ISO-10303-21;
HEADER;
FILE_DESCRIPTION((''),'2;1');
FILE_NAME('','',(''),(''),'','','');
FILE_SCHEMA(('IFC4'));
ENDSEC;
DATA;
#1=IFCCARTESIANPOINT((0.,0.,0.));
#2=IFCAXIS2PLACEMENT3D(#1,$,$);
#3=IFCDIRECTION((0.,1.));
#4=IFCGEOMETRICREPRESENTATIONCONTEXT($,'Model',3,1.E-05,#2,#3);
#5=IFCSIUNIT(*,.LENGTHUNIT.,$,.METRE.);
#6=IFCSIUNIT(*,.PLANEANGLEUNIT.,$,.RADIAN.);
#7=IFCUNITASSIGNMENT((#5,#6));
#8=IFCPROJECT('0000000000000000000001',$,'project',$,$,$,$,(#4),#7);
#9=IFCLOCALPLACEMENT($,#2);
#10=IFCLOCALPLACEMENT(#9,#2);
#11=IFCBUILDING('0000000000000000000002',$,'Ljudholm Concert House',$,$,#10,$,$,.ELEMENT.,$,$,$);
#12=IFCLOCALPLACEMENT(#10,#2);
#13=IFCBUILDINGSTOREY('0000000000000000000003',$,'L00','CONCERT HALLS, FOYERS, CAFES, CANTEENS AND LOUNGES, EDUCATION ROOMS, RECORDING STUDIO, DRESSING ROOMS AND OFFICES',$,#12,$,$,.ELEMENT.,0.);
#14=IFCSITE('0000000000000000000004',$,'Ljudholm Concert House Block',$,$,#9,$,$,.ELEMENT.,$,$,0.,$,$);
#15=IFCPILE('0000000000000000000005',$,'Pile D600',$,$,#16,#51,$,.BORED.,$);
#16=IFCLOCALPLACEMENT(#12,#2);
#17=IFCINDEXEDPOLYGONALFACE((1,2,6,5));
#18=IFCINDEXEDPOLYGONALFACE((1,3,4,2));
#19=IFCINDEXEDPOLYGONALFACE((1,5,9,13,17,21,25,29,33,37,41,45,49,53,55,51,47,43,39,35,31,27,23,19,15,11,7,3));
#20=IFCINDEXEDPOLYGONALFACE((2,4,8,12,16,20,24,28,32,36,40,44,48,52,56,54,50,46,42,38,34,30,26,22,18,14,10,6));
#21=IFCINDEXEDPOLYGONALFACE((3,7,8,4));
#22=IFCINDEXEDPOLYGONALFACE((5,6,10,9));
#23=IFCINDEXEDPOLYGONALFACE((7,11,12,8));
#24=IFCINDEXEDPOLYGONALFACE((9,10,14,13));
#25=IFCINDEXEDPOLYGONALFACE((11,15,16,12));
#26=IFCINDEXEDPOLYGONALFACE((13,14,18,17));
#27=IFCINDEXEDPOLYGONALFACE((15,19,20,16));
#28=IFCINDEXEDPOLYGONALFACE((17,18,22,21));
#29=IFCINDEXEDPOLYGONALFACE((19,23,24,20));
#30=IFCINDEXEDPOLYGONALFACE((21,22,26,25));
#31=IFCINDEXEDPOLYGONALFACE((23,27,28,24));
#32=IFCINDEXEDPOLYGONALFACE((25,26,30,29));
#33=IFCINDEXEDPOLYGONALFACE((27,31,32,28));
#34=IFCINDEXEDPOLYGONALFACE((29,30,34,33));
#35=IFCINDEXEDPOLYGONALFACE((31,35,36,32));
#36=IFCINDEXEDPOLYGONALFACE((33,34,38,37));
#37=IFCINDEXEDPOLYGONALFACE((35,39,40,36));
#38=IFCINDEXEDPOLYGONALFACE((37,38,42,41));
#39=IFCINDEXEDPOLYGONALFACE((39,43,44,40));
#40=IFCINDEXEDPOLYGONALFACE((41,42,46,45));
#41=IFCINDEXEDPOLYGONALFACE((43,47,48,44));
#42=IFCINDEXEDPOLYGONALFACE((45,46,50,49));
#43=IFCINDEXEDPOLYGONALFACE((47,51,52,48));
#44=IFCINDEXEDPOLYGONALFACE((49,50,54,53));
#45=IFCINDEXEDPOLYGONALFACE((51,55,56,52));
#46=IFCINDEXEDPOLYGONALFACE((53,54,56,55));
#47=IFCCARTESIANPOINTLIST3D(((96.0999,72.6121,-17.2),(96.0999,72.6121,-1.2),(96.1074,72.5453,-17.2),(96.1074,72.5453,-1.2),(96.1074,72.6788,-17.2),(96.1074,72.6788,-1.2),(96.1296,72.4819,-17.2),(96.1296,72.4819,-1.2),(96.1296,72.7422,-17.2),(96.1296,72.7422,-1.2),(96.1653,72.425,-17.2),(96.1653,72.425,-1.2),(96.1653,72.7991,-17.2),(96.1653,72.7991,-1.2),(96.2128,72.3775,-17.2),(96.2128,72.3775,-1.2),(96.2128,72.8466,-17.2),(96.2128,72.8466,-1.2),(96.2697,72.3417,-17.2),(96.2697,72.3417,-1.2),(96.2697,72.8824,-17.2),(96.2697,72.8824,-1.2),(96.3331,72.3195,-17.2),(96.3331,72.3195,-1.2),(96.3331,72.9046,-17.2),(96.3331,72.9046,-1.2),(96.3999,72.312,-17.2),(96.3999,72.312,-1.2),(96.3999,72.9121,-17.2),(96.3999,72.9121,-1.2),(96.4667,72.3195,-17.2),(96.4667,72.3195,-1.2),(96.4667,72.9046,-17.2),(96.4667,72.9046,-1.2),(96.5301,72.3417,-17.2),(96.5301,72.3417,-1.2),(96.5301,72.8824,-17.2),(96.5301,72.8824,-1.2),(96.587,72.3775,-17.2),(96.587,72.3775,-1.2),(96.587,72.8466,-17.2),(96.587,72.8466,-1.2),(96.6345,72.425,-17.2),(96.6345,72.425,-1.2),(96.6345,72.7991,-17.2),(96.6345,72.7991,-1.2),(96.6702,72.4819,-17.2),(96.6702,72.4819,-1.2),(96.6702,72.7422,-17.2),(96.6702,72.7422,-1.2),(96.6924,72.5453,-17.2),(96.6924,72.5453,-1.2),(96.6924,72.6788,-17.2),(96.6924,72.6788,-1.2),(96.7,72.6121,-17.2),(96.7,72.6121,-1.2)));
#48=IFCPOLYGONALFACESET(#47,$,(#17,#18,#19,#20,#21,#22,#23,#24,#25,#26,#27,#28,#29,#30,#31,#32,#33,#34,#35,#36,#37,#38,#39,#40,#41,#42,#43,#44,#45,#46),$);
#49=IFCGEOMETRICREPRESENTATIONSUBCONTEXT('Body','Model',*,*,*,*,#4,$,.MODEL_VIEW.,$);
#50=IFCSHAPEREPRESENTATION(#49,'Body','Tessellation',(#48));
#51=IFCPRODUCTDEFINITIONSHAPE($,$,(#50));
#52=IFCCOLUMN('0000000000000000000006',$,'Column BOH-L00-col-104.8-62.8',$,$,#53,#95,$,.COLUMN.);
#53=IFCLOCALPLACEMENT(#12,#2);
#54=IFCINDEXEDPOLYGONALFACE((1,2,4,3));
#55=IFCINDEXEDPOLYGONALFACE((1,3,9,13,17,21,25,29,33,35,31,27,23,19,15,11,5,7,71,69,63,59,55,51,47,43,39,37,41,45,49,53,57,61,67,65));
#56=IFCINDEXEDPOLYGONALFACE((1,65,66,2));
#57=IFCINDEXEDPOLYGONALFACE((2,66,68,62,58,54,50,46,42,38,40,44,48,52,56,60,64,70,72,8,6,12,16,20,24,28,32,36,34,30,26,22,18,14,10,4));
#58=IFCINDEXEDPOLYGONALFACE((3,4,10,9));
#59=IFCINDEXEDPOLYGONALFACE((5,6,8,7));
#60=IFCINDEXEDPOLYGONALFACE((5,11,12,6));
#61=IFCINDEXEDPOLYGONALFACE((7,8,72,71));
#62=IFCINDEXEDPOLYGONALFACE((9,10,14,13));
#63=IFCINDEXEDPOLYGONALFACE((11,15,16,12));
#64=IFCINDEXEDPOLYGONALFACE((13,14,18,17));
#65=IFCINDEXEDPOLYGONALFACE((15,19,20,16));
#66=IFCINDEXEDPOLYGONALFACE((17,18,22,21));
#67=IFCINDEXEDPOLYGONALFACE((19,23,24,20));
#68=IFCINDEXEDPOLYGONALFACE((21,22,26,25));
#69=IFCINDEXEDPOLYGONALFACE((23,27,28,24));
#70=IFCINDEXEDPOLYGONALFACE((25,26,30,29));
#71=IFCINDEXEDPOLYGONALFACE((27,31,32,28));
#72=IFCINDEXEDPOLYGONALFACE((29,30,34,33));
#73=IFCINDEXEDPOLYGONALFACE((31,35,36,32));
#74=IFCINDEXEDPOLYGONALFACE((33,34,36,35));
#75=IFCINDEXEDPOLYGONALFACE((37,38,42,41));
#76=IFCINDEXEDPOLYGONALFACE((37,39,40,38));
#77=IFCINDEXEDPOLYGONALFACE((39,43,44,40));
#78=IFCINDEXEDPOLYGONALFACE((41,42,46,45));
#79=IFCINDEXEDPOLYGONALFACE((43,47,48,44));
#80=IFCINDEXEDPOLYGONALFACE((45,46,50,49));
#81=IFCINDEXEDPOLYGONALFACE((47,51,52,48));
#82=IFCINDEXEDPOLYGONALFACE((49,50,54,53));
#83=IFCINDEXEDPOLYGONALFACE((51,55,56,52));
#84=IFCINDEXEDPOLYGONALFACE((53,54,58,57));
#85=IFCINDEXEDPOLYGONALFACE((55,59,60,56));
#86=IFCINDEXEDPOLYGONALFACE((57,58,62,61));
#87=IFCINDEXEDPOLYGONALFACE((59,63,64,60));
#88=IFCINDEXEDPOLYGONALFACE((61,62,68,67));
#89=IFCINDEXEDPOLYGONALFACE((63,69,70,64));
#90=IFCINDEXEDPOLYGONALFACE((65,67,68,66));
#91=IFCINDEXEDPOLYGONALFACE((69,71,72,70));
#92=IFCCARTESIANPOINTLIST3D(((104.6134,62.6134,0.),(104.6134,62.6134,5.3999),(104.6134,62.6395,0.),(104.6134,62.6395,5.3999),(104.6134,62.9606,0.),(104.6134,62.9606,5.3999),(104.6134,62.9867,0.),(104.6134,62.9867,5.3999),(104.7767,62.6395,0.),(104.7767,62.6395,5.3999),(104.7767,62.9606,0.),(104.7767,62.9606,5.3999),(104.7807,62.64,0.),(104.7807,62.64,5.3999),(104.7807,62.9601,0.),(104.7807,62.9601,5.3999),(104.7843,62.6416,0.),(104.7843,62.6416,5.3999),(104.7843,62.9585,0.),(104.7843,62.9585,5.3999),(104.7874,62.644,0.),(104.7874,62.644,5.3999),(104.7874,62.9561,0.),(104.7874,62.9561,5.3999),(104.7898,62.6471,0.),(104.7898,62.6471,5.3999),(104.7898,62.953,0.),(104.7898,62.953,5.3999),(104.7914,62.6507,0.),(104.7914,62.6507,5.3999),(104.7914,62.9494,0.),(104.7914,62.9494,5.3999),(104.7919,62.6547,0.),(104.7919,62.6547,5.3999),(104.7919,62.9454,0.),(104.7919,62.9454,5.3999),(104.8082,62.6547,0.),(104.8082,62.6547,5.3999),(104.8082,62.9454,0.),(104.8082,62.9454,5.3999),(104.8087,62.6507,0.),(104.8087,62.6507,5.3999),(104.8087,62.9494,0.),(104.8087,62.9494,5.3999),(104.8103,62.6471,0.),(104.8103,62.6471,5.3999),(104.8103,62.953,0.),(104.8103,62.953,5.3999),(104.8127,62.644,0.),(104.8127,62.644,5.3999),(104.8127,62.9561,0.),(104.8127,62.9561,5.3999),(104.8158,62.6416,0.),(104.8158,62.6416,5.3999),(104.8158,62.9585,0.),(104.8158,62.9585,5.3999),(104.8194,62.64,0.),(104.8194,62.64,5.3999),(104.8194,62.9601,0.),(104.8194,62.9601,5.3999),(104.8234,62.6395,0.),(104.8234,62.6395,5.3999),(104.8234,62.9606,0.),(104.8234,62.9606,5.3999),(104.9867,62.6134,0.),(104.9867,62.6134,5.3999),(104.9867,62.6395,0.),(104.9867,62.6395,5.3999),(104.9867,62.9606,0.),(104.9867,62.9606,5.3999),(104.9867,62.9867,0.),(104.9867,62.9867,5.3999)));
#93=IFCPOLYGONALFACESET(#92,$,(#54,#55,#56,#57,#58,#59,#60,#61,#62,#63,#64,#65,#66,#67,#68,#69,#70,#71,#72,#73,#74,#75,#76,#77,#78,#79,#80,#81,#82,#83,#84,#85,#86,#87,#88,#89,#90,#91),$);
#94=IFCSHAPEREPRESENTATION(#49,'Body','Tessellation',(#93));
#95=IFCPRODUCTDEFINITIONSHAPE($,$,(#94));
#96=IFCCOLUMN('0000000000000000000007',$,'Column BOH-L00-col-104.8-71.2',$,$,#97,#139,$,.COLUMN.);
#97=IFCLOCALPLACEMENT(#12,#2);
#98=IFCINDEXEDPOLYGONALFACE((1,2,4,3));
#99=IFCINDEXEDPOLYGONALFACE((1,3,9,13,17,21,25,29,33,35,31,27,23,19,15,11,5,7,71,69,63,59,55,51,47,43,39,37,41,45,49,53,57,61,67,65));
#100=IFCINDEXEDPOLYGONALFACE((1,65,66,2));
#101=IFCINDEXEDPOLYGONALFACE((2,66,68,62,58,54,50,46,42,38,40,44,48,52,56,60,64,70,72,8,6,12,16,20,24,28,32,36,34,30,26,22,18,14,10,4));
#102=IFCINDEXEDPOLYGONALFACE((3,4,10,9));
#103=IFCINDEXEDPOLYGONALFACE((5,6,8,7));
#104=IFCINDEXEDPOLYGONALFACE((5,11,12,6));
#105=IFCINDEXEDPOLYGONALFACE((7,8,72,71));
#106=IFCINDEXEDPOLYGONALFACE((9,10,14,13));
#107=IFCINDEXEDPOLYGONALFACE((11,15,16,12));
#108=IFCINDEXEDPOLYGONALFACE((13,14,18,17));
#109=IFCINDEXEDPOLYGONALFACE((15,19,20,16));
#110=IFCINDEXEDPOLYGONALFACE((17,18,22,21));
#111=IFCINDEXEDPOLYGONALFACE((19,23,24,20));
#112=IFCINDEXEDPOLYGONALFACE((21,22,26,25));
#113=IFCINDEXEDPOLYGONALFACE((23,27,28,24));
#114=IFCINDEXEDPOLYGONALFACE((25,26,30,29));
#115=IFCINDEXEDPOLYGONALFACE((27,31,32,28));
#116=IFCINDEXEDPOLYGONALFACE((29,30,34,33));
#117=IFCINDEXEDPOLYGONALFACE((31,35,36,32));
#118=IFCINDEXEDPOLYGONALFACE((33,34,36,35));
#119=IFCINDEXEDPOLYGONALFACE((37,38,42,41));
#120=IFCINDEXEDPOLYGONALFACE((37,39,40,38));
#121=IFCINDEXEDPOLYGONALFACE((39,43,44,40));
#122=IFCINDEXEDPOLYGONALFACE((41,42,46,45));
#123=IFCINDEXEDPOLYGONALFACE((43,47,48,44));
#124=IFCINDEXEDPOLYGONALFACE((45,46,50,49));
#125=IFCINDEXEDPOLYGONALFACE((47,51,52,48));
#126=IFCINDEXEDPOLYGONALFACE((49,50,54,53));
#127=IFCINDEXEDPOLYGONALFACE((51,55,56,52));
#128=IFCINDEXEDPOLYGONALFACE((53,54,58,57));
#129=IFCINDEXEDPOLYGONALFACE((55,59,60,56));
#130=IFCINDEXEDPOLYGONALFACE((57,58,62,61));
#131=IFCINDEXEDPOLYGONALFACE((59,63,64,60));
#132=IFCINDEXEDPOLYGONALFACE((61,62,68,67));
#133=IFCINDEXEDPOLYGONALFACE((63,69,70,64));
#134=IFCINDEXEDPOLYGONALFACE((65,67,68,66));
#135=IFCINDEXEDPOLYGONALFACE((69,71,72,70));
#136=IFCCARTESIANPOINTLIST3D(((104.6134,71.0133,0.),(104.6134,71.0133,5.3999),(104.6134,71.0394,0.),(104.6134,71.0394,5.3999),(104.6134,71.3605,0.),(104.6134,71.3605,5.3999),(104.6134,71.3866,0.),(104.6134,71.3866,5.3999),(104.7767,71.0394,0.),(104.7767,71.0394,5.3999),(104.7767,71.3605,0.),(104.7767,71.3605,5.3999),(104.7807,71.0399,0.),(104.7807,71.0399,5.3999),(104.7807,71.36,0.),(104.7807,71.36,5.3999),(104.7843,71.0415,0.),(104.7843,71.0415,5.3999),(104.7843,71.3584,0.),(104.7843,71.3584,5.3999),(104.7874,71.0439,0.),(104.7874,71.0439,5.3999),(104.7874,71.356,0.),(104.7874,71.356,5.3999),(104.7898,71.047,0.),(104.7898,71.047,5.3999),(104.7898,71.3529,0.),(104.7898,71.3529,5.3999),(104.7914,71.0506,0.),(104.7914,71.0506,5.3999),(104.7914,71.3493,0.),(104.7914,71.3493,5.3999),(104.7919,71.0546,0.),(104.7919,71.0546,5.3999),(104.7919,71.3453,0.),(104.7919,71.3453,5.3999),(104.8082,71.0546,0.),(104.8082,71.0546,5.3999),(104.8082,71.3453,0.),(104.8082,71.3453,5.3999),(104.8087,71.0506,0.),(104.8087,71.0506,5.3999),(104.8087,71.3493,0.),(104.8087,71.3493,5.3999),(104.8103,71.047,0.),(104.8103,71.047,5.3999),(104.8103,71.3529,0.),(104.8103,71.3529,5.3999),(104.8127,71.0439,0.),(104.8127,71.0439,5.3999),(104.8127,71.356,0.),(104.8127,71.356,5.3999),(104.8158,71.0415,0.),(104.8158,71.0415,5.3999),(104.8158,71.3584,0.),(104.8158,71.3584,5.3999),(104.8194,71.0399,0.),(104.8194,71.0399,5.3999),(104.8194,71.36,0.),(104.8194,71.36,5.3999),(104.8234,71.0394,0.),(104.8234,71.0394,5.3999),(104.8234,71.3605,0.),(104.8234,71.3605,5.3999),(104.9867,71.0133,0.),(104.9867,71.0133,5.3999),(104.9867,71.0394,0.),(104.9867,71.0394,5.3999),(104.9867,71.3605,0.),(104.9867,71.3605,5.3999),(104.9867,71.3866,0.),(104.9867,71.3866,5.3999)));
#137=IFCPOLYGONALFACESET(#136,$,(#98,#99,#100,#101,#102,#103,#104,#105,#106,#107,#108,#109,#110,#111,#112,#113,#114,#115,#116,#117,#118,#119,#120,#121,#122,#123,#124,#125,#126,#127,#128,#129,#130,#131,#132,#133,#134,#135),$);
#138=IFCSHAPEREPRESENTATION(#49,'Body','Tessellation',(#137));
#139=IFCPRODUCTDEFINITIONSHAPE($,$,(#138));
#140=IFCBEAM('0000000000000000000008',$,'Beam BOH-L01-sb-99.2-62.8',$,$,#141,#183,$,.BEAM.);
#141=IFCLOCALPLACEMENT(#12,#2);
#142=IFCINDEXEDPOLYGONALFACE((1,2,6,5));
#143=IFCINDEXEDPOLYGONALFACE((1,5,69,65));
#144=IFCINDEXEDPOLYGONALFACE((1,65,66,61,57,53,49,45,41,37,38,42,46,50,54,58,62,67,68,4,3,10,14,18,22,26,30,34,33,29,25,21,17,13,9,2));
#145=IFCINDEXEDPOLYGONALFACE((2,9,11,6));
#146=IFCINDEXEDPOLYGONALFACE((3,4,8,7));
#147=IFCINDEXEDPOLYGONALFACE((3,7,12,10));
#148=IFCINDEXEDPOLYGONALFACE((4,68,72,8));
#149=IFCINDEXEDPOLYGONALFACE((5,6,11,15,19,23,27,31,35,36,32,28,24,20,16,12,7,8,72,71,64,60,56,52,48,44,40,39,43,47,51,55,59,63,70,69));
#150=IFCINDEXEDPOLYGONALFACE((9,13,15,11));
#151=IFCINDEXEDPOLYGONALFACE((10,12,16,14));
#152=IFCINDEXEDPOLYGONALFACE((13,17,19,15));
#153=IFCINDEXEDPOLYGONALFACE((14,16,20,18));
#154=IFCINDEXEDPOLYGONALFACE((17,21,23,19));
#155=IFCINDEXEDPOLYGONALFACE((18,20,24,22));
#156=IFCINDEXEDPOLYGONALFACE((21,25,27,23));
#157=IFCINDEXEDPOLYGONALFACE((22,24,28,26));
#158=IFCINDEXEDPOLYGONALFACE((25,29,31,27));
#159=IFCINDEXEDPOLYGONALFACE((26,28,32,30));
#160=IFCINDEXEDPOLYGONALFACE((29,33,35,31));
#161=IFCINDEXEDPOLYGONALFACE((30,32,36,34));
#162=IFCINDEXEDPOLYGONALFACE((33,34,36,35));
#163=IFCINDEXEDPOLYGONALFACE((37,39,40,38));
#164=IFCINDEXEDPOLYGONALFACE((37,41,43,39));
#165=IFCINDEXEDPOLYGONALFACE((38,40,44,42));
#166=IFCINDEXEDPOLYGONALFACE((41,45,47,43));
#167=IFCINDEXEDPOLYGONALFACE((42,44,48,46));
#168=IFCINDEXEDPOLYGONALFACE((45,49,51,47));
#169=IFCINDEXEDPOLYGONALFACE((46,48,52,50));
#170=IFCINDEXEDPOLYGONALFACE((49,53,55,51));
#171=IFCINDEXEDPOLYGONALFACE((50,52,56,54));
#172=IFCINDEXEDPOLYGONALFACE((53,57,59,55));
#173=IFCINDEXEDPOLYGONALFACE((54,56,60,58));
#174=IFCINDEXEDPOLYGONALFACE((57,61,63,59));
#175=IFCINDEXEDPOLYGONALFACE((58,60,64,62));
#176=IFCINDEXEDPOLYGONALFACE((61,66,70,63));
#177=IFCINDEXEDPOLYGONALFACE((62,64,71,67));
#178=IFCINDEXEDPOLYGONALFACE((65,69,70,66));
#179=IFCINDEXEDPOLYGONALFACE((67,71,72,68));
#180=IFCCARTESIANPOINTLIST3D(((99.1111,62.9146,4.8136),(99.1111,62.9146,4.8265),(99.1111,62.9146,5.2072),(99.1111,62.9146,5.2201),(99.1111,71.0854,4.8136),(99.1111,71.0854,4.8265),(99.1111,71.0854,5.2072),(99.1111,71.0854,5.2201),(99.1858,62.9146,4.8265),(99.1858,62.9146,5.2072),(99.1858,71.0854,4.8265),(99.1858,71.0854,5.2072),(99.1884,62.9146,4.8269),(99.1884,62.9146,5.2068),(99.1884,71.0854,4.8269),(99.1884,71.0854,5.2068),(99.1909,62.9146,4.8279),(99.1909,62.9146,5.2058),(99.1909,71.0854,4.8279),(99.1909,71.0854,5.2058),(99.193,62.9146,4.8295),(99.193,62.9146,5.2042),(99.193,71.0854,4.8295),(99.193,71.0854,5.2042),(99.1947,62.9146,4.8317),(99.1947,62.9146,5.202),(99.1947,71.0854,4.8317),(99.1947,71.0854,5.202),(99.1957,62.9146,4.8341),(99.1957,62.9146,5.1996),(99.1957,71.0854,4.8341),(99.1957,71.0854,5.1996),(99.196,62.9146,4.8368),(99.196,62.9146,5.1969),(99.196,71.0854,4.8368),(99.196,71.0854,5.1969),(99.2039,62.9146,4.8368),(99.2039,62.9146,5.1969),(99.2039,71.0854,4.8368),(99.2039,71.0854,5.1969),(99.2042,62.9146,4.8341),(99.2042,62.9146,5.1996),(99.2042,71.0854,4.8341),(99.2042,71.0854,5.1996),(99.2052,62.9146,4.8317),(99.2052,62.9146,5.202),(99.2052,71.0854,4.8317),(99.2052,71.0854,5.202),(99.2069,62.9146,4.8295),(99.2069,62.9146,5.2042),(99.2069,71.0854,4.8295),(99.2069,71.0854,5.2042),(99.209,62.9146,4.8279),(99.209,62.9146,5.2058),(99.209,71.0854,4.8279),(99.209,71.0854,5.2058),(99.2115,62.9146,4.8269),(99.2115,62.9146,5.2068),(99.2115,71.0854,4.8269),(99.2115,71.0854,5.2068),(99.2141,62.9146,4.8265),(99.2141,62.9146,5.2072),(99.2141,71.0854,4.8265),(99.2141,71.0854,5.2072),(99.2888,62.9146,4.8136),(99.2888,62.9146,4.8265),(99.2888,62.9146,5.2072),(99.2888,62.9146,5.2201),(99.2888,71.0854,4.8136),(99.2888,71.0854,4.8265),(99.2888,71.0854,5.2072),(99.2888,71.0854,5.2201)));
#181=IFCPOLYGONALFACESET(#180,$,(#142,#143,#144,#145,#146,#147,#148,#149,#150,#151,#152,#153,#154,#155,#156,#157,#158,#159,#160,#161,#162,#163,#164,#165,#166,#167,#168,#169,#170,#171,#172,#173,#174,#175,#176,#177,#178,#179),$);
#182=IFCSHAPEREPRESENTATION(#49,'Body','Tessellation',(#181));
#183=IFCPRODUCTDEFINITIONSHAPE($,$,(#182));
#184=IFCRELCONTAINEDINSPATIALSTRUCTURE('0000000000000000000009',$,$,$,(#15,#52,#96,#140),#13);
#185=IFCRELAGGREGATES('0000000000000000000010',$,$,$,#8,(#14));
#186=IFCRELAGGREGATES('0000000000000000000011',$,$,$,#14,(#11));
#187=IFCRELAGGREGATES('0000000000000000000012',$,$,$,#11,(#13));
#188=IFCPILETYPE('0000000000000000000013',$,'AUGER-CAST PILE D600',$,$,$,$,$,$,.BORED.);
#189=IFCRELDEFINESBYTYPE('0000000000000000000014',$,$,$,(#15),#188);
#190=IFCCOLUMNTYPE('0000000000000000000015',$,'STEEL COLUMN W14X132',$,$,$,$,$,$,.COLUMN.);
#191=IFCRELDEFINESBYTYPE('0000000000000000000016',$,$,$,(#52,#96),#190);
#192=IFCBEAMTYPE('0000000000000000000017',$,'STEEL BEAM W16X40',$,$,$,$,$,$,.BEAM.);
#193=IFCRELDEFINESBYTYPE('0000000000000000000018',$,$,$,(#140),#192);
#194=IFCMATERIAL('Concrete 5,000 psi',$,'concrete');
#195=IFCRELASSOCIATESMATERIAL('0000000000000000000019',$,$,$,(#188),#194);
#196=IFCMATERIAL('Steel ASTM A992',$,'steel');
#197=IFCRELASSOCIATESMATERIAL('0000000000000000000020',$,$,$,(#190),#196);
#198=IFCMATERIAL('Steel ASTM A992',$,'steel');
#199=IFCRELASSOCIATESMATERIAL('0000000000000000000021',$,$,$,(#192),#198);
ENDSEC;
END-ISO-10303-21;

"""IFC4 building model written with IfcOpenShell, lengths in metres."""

from ifc_helpers import new_model, si_unit, direction, frame, origin, origin_2d, place, context, subcontext, project, spatial, circle, i_section, extrude, material, material_profile, profile_set, type_object, element, save


model = new_model("IFC4")

# Units and contexts
model_context = context("Model", 3, precision=1e-05, world=origin(), true_north=direction((0.0, 1.0)))
body_context = subcontext(model_context, "Body", "Model", "MODEL_VIEW")
ifc_project = project(units=[si_unit("LENGTHUNIT", "METRE"), si_unit("PLANEANGLEUNIT", "RADIAN")], contexts=[model_context])

# Site, building, storey
site_placement = place(None, origin())
site = spatial("IfcSite", under=ifc_project, at=site_placement, Name="Ljudholm Concert House Block", CompositionType="ELEMENT", RefElevation=0.0)
building_placement = place(site_placement, origin())
building = spatial("IfcBuilding", under=site, at=building_placement, Name="Ljudholm Concert House", CompositionType="ELEMENT")
storey_placement = place(building_placement, origin())
storey = spatial("IfcBuildingStorey", under=building, at=storey_placement, Name="L00", Description="CONCERT HALLS, FOYERS, CAFES, CANTEENS AND LOUNGES, EDUCATION ROOMS, RECORDING STUDIO, DRESSING ROOMS AND OFFICES", CompositionType="ELEMENT", Elevation=0.0)

# Pile
ifc_material_1 = material(Name="Concrete 5,000 psi", Category="concrete")
ifc_material_profile_1 = material_profile(ifc_material_1, circle(Radius=0.3, at=origin_2d()), Name="AUGER-CAST PILE D600")
ifc_profile_set_1 = profile_set([ifc_material_profile_1], Name="Concrete 5,000 psi")
pile_type = type_object("IfcPileType", Name="AUGER-CAST PILE D600", PredefinedType="BORED", material=ifc_profile_set_1)
for number, where, z_axis, x_axis, name in (
    (1, (96.3999, 72.6121, -1.2), (0.0, 0.0, -1.0), (1.0, 0.0, 0.0), "Pile D600"),
):
    element("IfcPile", number, at=place(storey_placement, frame(where, z_axis=z_axis, x_axis=x_axis)), inside=storey, type_object=pile_type, Name=name, PredefinedType="BORED", context=body_context, shape_type="SweptSolid", body=[
        extrude(circle(Radius=0.3, at=origin_2d()), origin(), (0.0, 0.0, 1.0), 16.0),
    ])

# Columns
ifc_material_2 = material(Name="Steel ASTM A992", Category="steel")
ifc_material_profile_2 = material_profile(ifc_material_2, i_section(OverallWidth=0.3733, OverallDepth=0.3733, WebThickness=0.0164, FlangeThickness=0.0261, FilletRadius=0.0151, at=origin_2d()), Name="W14X132")
ifc_profile_set_2 = profile_set([ifc_material_profile_2], Name="Steel ASTM A992")
column_type = type_object("IfcColumnType", Name="STEEL COLUMN W14X132", PredefinedType="COLUMN", material=ifc_profile_set_2)
for number, where, z_axis, x_axis, name in (
    (2, (104.8, 62.8, 0.0), (0.0, 0.0, 1.0), (1.0, 0.0, 0.0), "Column BOH-L00-col-104.8-62.8"),
    (3, (104.8, 71.2, 0.0), (0.0, 0.0, 1.0), (1.0, 0.0, 0.0), "Column BOH-L00-col-104.8-71.2"),
):
    element("IfcColumn", number, at=place(storey_placement, frame(where, z_axis=z_axis, x_axis=x_axis)), inside=storey, type_object=column_type, Name=name, PredefinedType="COLUMN", context=body_context, shape_type="SweptSolid", body=[
        extrude(i_section(OverallWidth=0.3733, OverallDepth=0.3733, WebThickness=0.0164, FlangeThickness=0.0261, FilletRadius=0.0151, at=origin_2d()), origin(), (0.0, 0.0, 1.0), 5.3999),
    ])

# Beam
ifc_material_3 = material(Name="Steel ASTM A992", Category="steel")
ifc_material_profile_3 = material_profile(ifc_material_3, i_section(OverallWidth=0.1777, OverallDepth=0.4065, WebThickness=0.0078, FlangeThickness=0.0129, FilletRadius=0.0103, at=origin_2d()), Name="W16X40")
ifc_profile_set_3 = profile_set([ifc_material_profile_3], Name="Steel ASTM A992")
beam_type_1 = type_object("IfcBeamType", Name="STEEL BEAM W16X40", PredefinedType="BEAM", material=ifc_profile_set_3)
for number, where, z_axis, x_axis, name in (
    (4, (99.2, 62.9146, 5.0168), (0.0, 1.0, 0.0), (-1.0, 0.0, 0.0), "Beam BOH-L01-sb-99.2-62.8"),
):
    element("IfcBeam", number, at=place(storey_placement, frame(where, z_axis=z_axis, x_axis=x_axis)), inside=storey, type_object=beam_type_1, Name=name, PredefinedType="BEAM", context=body_context, shape_type="SweptSolid", body=[
        extrude(i_section(OverallWidth=0.1777, OverallDepth=0.4065, WebThickness=0.0078, FlangeThickness=0.0129, FilletRadius=0.0103, at=origin_2d()), origin(), (0.0, 0.0, 1.0), 8.1709),
    ])

save(model, "model.ifc")
